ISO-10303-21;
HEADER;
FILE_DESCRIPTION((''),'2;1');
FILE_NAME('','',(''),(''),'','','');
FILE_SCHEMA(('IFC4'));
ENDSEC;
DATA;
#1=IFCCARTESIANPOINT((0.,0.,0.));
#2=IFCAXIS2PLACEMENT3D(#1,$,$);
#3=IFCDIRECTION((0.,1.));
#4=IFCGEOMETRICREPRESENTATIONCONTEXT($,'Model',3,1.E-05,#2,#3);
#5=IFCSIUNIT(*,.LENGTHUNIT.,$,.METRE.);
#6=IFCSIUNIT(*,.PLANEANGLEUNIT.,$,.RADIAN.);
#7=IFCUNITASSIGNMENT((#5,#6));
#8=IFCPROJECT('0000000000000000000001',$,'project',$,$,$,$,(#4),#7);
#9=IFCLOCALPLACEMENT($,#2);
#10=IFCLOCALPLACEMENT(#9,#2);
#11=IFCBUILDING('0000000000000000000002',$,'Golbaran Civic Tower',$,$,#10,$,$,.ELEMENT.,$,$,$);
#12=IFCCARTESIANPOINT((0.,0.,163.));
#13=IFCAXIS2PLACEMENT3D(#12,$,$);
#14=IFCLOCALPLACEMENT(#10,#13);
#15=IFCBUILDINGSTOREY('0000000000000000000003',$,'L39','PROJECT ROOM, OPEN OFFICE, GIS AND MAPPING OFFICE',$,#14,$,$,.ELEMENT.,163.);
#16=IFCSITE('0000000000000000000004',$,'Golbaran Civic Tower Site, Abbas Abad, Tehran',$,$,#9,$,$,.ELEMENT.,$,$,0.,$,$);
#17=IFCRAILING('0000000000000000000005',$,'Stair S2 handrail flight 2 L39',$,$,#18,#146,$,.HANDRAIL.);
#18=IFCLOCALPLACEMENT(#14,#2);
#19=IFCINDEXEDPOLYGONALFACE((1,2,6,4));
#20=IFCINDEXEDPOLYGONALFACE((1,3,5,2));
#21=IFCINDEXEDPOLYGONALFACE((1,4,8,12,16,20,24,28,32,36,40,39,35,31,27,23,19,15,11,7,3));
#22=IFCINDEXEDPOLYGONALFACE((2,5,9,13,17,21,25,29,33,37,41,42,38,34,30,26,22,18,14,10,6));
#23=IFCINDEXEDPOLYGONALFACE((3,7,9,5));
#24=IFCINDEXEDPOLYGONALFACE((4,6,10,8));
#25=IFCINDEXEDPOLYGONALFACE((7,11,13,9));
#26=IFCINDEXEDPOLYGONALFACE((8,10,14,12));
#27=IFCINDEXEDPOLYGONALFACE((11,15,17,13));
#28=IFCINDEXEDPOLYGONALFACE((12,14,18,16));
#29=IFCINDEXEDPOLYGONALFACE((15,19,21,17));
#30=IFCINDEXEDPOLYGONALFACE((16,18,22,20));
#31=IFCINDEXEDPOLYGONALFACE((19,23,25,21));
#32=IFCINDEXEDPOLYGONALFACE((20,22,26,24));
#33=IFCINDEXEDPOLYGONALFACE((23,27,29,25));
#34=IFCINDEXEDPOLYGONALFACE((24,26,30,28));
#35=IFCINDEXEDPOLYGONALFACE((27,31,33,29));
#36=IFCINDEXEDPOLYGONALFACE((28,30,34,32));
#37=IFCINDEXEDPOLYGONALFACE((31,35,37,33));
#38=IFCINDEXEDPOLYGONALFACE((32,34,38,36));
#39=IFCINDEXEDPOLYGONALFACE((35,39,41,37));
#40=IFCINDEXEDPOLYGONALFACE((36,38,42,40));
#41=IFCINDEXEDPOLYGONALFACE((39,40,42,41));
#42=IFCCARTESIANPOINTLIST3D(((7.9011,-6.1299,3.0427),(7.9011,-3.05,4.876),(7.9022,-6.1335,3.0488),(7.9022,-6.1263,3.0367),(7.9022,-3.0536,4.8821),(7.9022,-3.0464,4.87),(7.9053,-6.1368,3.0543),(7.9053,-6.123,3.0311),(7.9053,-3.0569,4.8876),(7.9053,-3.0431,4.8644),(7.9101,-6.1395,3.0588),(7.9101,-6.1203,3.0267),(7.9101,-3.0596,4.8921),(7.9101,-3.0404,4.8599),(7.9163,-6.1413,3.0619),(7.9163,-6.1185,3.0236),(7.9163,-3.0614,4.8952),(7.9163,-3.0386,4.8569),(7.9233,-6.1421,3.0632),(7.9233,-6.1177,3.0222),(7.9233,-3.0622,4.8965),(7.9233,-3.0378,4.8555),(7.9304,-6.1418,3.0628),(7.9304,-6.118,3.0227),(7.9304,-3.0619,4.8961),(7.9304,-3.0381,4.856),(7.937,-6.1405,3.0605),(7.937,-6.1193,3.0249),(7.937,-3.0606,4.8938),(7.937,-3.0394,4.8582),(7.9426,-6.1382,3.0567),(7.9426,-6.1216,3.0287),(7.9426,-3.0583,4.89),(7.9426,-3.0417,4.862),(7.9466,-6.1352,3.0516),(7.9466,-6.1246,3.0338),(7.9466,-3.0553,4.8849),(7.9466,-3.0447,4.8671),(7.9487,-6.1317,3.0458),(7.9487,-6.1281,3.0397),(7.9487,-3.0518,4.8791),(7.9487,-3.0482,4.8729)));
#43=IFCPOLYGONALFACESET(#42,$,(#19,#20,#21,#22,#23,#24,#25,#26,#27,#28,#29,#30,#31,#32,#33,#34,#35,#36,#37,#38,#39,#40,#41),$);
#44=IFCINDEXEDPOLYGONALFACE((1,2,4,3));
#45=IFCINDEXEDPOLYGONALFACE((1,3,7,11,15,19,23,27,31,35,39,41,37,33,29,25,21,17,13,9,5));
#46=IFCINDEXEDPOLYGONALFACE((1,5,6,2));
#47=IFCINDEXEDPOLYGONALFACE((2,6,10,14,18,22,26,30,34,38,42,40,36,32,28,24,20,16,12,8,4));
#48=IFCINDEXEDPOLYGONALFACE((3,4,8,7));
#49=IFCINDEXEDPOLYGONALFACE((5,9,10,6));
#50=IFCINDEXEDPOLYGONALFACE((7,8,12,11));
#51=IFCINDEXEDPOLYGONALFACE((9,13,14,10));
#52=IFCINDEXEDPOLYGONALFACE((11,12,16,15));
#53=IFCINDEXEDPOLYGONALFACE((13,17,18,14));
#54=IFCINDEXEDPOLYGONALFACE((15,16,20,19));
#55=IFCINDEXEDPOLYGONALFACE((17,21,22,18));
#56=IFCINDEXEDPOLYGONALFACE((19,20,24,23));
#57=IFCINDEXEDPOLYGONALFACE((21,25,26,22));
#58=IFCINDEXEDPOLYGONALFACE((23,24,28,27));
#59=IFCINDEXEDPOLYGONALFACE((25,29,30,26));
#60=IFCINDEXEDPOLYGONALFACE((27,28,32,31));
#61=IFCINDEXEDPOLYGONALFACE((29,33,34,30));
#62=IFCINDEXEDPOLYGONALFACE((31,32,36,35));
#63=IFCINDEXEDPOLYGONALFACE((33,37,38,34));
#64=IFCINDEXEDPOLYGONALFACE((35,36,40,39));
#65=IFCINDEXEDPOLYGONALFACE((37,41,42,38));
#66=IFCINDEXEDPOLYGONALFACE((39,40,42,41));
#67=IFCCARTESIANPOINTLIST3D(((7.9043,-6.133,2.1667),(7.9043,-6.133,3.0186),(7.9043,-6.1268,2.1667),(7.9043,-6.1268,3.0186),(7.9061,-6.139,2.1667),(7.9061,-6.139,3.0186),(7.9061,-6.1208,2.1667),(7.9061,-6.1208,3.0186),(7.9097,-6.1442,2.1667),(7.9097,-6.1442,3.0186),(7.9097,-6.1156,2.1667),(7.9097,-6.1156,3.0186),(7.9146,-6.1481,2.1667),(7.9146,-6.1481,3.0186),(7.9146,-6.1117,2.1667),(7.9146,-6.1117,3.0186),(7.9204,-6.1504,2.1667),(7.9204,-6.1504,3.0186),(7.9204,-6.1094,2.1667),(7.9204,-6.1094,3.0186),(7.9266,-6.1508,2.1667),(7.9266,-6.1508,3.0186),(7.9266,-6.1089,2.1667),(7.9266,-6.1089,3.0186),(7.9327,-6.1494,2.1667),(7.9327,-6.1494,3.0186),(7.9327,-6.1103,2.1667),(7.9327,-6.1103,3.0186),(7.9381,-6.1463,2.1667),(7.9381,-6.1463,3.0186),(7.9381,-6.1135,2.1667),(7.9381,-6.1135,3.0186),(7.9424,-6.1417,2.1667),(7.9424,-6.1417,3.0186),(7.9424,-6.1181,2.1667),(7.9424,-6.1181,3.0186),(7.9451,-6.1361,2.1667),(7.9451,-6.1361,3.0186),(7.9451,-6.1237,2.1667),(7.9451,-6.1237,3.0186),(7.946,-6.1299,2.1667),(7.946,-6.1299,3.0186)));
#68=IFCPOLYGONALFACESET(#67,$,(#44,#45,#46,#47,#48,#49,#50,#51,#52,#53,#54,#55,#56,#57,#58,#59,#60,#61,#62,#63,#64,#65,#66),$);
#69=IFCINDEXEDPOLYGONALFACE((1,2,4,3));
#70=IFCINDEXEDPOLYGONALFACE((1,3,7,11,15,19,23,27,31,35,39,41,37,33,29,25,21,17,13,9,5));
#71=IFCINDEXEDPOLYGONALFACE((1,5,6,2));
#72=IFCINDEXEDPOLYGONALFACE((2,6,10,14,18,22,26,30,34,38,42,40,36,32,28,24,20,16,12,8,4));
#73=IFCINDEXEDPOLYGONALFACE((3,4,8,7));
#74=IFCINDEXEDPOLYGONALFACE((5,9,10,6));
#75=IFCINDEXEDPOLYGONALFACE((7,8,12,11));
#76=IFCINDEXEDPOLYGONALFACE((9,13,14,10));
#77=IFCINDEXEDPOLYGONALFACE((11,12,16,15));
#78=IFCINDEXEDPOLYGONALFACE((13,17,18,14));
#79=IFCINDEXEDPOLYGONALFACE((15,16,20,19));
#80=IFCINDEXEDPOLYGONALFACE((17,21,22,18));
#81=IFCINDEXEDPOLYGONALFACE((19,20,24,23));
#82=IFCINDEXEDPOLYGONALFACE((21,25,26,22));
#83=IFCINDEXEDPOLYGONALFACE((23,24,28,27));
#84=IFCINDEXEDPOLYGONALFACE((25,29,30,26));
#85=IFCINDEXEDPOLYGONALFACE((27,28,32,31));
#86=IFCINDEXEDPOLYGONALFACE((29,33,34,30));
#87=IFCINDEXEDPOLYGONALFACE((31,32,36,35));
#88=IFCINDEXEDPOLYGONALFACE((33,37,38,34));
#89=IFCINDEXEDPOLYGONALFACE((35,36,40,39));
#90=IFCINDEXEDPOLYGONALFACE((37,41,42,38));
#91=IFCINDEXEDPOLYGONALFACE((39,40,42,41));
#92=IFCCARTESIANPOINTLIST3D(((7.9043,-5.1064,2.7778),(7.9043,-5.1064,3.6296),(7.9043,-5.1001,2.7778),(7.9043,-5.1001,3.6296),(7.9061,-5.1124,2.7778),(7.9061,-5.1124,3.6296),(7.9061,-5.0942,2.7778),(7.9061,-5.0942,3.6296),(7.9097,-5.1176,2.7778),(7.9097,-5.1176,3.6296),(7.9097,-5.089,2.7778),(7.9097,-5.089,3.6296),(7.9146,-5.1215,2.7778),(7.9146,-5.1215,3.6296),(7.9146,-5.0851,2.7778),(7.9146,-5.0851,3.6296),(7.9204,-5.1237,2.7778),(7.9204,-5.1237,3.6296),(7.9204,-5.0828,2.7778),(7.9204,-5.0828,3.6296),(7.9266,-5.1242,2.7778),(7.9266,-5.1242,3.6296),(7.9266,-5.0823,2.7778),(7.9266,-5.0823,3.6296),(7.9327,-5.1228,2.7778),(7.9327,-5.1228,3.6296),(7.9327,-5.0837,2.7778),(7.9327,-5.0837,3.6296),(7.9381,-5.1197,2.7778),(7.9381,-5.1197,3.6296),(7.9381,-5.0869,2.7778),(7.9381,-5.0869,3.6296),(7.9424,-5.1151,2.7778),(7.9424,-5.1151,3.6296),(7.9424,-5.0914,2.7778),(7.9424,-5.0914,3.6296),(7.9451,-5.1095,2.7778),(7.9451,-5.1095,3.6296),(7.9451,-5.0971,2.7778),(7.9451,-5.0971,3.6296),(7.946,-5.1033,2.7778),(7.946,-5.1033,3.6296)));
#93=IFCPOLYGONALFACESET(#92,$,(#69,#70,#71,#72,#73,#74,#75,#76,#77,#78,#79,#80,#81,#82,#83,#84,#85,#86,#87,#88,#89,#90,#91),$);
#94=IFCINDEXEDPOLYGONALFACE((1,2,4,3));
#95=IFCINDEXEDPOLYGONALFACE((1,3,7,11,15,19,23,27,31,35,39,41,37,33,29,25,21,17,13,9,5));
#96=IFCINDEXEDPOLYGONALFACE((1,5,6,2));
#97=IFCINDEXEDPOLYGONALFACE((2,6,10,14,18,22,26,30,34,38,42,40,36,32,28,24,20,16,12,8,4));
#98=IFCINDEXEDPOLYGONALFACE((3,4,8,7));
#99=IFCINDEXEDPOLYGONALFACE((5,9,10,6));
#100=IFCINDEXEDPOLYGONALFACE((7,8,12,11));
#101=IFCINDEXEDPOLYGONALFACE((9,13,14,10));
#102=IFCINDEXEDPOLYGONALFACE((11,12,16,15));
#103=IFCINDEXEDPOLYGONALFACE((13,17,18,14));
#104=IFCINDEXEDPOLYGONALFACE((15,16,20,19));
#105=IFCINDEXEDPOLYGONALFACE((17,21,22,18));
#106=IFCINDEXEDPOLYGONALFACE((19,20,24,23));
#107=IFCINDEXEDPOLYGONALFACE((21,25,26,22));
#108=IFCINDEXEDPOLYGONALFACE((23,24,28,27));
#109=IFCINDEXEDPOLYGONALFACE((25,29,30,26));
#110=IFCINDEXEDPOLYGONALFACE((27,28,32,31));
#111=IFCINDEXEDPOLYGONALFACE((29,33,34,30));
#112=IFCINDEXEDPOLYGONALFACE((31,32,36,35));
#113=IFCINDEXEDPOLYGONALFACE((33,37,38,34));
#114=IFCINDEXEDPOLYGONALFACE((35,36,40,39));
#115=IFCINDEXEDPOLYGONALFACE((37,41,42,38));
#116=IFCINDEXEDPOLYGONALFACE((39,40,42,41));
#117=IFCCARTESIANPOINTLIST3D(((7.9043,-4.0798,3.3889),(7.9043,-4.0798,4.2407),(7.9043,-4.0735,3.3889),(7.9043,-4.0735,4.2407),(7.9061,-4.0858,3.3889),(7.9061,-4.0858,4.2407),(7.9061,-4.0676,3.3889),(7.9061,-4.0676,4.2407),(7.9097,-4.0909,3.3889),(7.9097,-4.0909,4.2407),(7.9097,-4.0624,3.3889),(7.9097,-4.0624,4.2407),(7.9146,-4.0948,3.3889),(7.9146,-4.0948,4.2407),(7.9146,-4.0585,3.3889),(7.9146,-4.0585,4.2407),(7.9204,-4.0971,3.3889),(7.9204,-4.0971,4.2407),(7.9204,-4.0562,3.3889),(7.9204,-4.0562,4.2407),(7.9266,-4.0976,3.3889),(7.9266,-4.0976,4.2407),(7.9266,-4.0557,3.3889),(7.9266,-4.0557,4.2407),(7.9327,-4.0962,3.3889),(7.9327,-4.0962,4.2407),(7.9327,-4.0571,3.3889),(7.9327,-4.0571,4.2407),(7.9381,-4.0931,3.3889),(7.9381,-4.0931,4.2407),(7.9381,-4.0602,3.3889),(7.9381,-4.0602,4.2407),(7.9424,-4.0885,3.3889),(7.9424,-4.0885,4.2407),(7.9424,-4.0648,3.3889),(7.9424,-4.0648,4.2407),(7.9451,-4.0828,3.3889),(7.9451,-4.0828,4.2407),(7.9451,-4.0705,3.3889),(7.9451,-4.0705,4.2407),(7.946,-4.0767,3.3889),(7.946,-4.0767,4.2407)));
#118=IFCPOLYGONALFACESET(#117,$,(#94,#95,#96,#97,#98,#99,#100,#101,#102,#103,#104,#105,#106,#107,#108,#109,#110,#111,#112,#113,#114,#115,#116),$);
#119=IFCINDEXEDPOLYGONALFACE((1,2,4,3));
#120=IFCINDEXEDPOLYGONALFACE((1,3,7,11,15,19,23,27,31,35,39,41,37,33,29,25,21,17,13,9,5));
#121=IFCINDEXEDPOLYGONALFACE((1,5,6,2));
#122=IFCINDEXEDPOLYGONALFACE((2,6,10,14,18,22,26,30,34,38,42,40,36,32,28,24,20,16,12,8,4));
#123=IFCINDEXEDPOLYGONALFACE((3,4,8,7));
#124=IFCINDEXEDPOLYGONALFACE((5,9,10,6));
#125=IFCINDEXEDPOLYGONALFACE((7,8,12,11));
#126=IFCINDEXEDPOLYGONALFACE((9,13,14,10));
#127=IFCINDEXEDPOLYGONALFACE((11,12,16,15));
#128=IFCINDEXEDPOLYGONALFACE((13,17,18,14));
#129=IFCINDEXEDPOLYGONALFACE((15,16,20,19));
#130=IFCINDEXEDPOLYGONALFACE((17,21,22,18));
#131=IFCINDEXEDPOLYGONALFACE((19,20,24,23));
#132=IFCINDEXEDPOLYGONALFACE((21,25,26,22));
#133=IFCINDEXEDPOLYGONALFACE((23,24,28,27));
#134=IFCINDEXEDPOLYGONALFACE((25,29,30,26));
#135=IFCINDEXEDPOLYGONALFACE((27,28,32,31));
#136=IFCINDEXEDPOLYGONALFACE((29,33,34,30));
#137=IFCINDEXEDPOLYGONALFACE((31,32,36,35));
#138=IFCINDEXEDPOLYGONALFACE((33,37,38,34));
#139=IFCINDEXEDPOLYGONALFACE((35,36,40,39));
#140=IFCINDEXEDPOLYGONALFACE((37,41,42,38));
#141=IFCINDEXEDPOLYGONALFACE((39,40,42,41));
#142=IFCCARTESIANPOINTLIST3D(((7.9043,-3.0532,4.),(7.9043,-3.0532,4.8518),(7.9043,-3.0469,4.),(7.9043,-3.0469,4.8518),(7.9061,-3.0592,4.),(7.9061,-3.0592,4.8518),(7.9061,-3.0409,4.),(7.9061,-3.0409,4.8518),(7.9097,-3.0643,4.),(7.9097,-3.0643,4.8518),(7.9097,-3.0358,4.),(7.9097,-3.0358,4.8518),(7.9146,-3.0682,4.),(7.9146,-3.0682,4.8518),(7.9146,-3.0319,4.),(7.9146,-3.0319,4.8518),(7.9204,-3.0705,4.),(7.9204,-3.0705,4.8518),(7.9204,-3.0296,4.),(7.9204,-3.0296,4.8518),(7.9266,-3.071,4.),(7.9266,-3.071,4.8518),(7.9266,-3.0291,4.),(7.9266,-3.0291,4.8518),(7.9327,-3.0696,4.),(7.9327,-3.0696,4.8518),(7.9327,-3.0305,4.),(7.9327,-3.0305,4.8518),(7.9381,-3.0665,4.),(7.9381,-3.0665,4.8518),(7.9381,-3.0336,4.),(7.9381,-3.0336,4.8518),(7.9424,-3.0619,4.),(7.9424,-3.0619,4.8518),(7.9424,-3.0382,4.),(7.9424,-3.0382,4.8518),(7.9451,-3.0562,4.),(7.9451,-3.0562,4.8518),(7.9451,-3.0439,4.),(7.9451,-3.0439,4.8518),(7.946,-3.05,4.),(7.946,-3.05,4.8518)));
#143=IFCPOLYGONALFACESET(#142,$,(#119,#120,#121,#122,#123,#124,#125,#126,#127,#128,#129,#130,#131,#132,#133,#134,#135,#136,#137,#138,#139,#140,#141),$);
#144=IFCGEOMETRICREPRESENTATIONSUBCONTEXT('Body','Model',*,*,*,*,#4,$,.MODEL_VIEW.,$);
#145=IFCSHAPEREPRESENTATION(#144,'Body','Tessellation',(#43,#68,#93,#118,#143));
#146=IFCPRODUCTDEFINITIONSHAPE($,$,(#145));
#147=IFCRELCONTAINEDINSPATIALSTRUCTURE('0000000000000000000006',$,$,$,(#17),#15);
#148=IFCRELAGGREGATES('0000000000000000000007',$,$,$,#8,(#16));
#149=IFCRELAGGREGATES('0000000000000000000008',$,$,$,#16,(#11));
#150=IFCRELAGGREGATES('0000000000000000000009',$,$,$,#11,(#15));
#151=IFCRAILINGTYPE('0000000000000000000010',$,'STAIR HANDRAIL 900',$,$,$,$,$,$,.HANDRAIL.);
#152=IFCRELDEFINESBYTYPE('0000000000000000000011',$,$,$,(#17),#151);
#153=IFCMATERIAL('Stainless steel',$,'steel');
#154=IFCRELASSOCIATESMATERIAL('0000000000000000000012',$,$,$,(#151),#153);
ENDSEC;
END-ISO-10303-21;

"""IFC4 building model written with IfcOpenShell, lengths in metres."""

from ifc_helpers import new_model, si_unit, direction, frame, origin, origin_2d, place, context, subcontext, project, spatial, circle, extrude, material, type_object, element, save


model = new_model("IFC4")

# Units and contexts
model_context = context("Model", 3, precision=1e-05, world=origin(), true_north=direction((0.0, 1.0)))
body_context = subcontext(model_context, "Body", "Model", "MODEL_VIEW")
ifc_project = project(units=[si_unit("LENGTHUNIT", "METRE"), si_unit("PLANEANGLEUNIT", "RADIAN")], contexts=[model_context])

# Site, building, storey
site_placement = place(None, origin())
site = spatial("IfcSite", under=ifc_project, at=site_placement, Name="Golbaran Civic Tower Site, Abbas Abad, Tehran", CompositionType="ELEMENT", RefElevation=0.0)
building_placement = place(site_placement, origin())
building = spatial("IfcBuilding", under=site, at=building_placement, Name="Golbaran Civic Tower", CompositionType="ELEMENT")
storey_placement = place(building_placement, frame((0.0, 0.0, 163.0)))
storey = spatial("IfcBuildingStorey", under=building, at=storey_placement, Name="L39", Description="PROJECT ROOM, OPEN OFFICE, GIS AND MAPPING OFFICE", CompositionType="ELEMENT", Elevation=163.0)

# Shared definitions
ifc_material_1 = material(Name="Stainless steel", Category="steel")

# Railing
railing_type = type_object("IfcRailingType", Name="STAIR HANDRAIL 900", PredefinedType="HANDRAIL", material=ifc_material_1)
railing_1_placement = place(storey_placement, frame((7.925, -6.1299, 2.1667)))
element("IfcRailing", 1, at=railing_1_placement, inside=storey, type_object=railing_type, Name="Stair S2 handrail flight 2 L39", PredefinedType="HANDRAIL", context=body_context, shape_type="SweptSolid", body=[
    extrude(circle(Radius=0.0239, at=origin_2d()), frame((0.0, 0.0, 0.876), z_axis=(0.0, 0.859291, 0.511487), x_axis=(-1.0, 0.0, 0.0)), (0.0, 0.0, 1.0), 3.5842),
    extrude(circle(Radius=0.021, at=origin_2d()), origin(), (0.0, 0.0, 1.0), 0.8518),
    extrude(circle(Radius=0.021, at=origin_2d()), frame((0.0, 1.0266, 0.6111)), (0.0, 0.0, 1.0), 0.8518),
    extrude(circle(Radius=0.021, at=origin_2d()), frame((0.0, 2.0532, 1.2222)), (0.0, 0.0, 1.0), 0.8518),
    extrude(circle(Radius=0.021, at=origin_2d()), frame((0.0, 3.0798, 1.8333)), (0.0, 0.0, 1.0), 0.8518),
])

save(model, "model.ifc")
